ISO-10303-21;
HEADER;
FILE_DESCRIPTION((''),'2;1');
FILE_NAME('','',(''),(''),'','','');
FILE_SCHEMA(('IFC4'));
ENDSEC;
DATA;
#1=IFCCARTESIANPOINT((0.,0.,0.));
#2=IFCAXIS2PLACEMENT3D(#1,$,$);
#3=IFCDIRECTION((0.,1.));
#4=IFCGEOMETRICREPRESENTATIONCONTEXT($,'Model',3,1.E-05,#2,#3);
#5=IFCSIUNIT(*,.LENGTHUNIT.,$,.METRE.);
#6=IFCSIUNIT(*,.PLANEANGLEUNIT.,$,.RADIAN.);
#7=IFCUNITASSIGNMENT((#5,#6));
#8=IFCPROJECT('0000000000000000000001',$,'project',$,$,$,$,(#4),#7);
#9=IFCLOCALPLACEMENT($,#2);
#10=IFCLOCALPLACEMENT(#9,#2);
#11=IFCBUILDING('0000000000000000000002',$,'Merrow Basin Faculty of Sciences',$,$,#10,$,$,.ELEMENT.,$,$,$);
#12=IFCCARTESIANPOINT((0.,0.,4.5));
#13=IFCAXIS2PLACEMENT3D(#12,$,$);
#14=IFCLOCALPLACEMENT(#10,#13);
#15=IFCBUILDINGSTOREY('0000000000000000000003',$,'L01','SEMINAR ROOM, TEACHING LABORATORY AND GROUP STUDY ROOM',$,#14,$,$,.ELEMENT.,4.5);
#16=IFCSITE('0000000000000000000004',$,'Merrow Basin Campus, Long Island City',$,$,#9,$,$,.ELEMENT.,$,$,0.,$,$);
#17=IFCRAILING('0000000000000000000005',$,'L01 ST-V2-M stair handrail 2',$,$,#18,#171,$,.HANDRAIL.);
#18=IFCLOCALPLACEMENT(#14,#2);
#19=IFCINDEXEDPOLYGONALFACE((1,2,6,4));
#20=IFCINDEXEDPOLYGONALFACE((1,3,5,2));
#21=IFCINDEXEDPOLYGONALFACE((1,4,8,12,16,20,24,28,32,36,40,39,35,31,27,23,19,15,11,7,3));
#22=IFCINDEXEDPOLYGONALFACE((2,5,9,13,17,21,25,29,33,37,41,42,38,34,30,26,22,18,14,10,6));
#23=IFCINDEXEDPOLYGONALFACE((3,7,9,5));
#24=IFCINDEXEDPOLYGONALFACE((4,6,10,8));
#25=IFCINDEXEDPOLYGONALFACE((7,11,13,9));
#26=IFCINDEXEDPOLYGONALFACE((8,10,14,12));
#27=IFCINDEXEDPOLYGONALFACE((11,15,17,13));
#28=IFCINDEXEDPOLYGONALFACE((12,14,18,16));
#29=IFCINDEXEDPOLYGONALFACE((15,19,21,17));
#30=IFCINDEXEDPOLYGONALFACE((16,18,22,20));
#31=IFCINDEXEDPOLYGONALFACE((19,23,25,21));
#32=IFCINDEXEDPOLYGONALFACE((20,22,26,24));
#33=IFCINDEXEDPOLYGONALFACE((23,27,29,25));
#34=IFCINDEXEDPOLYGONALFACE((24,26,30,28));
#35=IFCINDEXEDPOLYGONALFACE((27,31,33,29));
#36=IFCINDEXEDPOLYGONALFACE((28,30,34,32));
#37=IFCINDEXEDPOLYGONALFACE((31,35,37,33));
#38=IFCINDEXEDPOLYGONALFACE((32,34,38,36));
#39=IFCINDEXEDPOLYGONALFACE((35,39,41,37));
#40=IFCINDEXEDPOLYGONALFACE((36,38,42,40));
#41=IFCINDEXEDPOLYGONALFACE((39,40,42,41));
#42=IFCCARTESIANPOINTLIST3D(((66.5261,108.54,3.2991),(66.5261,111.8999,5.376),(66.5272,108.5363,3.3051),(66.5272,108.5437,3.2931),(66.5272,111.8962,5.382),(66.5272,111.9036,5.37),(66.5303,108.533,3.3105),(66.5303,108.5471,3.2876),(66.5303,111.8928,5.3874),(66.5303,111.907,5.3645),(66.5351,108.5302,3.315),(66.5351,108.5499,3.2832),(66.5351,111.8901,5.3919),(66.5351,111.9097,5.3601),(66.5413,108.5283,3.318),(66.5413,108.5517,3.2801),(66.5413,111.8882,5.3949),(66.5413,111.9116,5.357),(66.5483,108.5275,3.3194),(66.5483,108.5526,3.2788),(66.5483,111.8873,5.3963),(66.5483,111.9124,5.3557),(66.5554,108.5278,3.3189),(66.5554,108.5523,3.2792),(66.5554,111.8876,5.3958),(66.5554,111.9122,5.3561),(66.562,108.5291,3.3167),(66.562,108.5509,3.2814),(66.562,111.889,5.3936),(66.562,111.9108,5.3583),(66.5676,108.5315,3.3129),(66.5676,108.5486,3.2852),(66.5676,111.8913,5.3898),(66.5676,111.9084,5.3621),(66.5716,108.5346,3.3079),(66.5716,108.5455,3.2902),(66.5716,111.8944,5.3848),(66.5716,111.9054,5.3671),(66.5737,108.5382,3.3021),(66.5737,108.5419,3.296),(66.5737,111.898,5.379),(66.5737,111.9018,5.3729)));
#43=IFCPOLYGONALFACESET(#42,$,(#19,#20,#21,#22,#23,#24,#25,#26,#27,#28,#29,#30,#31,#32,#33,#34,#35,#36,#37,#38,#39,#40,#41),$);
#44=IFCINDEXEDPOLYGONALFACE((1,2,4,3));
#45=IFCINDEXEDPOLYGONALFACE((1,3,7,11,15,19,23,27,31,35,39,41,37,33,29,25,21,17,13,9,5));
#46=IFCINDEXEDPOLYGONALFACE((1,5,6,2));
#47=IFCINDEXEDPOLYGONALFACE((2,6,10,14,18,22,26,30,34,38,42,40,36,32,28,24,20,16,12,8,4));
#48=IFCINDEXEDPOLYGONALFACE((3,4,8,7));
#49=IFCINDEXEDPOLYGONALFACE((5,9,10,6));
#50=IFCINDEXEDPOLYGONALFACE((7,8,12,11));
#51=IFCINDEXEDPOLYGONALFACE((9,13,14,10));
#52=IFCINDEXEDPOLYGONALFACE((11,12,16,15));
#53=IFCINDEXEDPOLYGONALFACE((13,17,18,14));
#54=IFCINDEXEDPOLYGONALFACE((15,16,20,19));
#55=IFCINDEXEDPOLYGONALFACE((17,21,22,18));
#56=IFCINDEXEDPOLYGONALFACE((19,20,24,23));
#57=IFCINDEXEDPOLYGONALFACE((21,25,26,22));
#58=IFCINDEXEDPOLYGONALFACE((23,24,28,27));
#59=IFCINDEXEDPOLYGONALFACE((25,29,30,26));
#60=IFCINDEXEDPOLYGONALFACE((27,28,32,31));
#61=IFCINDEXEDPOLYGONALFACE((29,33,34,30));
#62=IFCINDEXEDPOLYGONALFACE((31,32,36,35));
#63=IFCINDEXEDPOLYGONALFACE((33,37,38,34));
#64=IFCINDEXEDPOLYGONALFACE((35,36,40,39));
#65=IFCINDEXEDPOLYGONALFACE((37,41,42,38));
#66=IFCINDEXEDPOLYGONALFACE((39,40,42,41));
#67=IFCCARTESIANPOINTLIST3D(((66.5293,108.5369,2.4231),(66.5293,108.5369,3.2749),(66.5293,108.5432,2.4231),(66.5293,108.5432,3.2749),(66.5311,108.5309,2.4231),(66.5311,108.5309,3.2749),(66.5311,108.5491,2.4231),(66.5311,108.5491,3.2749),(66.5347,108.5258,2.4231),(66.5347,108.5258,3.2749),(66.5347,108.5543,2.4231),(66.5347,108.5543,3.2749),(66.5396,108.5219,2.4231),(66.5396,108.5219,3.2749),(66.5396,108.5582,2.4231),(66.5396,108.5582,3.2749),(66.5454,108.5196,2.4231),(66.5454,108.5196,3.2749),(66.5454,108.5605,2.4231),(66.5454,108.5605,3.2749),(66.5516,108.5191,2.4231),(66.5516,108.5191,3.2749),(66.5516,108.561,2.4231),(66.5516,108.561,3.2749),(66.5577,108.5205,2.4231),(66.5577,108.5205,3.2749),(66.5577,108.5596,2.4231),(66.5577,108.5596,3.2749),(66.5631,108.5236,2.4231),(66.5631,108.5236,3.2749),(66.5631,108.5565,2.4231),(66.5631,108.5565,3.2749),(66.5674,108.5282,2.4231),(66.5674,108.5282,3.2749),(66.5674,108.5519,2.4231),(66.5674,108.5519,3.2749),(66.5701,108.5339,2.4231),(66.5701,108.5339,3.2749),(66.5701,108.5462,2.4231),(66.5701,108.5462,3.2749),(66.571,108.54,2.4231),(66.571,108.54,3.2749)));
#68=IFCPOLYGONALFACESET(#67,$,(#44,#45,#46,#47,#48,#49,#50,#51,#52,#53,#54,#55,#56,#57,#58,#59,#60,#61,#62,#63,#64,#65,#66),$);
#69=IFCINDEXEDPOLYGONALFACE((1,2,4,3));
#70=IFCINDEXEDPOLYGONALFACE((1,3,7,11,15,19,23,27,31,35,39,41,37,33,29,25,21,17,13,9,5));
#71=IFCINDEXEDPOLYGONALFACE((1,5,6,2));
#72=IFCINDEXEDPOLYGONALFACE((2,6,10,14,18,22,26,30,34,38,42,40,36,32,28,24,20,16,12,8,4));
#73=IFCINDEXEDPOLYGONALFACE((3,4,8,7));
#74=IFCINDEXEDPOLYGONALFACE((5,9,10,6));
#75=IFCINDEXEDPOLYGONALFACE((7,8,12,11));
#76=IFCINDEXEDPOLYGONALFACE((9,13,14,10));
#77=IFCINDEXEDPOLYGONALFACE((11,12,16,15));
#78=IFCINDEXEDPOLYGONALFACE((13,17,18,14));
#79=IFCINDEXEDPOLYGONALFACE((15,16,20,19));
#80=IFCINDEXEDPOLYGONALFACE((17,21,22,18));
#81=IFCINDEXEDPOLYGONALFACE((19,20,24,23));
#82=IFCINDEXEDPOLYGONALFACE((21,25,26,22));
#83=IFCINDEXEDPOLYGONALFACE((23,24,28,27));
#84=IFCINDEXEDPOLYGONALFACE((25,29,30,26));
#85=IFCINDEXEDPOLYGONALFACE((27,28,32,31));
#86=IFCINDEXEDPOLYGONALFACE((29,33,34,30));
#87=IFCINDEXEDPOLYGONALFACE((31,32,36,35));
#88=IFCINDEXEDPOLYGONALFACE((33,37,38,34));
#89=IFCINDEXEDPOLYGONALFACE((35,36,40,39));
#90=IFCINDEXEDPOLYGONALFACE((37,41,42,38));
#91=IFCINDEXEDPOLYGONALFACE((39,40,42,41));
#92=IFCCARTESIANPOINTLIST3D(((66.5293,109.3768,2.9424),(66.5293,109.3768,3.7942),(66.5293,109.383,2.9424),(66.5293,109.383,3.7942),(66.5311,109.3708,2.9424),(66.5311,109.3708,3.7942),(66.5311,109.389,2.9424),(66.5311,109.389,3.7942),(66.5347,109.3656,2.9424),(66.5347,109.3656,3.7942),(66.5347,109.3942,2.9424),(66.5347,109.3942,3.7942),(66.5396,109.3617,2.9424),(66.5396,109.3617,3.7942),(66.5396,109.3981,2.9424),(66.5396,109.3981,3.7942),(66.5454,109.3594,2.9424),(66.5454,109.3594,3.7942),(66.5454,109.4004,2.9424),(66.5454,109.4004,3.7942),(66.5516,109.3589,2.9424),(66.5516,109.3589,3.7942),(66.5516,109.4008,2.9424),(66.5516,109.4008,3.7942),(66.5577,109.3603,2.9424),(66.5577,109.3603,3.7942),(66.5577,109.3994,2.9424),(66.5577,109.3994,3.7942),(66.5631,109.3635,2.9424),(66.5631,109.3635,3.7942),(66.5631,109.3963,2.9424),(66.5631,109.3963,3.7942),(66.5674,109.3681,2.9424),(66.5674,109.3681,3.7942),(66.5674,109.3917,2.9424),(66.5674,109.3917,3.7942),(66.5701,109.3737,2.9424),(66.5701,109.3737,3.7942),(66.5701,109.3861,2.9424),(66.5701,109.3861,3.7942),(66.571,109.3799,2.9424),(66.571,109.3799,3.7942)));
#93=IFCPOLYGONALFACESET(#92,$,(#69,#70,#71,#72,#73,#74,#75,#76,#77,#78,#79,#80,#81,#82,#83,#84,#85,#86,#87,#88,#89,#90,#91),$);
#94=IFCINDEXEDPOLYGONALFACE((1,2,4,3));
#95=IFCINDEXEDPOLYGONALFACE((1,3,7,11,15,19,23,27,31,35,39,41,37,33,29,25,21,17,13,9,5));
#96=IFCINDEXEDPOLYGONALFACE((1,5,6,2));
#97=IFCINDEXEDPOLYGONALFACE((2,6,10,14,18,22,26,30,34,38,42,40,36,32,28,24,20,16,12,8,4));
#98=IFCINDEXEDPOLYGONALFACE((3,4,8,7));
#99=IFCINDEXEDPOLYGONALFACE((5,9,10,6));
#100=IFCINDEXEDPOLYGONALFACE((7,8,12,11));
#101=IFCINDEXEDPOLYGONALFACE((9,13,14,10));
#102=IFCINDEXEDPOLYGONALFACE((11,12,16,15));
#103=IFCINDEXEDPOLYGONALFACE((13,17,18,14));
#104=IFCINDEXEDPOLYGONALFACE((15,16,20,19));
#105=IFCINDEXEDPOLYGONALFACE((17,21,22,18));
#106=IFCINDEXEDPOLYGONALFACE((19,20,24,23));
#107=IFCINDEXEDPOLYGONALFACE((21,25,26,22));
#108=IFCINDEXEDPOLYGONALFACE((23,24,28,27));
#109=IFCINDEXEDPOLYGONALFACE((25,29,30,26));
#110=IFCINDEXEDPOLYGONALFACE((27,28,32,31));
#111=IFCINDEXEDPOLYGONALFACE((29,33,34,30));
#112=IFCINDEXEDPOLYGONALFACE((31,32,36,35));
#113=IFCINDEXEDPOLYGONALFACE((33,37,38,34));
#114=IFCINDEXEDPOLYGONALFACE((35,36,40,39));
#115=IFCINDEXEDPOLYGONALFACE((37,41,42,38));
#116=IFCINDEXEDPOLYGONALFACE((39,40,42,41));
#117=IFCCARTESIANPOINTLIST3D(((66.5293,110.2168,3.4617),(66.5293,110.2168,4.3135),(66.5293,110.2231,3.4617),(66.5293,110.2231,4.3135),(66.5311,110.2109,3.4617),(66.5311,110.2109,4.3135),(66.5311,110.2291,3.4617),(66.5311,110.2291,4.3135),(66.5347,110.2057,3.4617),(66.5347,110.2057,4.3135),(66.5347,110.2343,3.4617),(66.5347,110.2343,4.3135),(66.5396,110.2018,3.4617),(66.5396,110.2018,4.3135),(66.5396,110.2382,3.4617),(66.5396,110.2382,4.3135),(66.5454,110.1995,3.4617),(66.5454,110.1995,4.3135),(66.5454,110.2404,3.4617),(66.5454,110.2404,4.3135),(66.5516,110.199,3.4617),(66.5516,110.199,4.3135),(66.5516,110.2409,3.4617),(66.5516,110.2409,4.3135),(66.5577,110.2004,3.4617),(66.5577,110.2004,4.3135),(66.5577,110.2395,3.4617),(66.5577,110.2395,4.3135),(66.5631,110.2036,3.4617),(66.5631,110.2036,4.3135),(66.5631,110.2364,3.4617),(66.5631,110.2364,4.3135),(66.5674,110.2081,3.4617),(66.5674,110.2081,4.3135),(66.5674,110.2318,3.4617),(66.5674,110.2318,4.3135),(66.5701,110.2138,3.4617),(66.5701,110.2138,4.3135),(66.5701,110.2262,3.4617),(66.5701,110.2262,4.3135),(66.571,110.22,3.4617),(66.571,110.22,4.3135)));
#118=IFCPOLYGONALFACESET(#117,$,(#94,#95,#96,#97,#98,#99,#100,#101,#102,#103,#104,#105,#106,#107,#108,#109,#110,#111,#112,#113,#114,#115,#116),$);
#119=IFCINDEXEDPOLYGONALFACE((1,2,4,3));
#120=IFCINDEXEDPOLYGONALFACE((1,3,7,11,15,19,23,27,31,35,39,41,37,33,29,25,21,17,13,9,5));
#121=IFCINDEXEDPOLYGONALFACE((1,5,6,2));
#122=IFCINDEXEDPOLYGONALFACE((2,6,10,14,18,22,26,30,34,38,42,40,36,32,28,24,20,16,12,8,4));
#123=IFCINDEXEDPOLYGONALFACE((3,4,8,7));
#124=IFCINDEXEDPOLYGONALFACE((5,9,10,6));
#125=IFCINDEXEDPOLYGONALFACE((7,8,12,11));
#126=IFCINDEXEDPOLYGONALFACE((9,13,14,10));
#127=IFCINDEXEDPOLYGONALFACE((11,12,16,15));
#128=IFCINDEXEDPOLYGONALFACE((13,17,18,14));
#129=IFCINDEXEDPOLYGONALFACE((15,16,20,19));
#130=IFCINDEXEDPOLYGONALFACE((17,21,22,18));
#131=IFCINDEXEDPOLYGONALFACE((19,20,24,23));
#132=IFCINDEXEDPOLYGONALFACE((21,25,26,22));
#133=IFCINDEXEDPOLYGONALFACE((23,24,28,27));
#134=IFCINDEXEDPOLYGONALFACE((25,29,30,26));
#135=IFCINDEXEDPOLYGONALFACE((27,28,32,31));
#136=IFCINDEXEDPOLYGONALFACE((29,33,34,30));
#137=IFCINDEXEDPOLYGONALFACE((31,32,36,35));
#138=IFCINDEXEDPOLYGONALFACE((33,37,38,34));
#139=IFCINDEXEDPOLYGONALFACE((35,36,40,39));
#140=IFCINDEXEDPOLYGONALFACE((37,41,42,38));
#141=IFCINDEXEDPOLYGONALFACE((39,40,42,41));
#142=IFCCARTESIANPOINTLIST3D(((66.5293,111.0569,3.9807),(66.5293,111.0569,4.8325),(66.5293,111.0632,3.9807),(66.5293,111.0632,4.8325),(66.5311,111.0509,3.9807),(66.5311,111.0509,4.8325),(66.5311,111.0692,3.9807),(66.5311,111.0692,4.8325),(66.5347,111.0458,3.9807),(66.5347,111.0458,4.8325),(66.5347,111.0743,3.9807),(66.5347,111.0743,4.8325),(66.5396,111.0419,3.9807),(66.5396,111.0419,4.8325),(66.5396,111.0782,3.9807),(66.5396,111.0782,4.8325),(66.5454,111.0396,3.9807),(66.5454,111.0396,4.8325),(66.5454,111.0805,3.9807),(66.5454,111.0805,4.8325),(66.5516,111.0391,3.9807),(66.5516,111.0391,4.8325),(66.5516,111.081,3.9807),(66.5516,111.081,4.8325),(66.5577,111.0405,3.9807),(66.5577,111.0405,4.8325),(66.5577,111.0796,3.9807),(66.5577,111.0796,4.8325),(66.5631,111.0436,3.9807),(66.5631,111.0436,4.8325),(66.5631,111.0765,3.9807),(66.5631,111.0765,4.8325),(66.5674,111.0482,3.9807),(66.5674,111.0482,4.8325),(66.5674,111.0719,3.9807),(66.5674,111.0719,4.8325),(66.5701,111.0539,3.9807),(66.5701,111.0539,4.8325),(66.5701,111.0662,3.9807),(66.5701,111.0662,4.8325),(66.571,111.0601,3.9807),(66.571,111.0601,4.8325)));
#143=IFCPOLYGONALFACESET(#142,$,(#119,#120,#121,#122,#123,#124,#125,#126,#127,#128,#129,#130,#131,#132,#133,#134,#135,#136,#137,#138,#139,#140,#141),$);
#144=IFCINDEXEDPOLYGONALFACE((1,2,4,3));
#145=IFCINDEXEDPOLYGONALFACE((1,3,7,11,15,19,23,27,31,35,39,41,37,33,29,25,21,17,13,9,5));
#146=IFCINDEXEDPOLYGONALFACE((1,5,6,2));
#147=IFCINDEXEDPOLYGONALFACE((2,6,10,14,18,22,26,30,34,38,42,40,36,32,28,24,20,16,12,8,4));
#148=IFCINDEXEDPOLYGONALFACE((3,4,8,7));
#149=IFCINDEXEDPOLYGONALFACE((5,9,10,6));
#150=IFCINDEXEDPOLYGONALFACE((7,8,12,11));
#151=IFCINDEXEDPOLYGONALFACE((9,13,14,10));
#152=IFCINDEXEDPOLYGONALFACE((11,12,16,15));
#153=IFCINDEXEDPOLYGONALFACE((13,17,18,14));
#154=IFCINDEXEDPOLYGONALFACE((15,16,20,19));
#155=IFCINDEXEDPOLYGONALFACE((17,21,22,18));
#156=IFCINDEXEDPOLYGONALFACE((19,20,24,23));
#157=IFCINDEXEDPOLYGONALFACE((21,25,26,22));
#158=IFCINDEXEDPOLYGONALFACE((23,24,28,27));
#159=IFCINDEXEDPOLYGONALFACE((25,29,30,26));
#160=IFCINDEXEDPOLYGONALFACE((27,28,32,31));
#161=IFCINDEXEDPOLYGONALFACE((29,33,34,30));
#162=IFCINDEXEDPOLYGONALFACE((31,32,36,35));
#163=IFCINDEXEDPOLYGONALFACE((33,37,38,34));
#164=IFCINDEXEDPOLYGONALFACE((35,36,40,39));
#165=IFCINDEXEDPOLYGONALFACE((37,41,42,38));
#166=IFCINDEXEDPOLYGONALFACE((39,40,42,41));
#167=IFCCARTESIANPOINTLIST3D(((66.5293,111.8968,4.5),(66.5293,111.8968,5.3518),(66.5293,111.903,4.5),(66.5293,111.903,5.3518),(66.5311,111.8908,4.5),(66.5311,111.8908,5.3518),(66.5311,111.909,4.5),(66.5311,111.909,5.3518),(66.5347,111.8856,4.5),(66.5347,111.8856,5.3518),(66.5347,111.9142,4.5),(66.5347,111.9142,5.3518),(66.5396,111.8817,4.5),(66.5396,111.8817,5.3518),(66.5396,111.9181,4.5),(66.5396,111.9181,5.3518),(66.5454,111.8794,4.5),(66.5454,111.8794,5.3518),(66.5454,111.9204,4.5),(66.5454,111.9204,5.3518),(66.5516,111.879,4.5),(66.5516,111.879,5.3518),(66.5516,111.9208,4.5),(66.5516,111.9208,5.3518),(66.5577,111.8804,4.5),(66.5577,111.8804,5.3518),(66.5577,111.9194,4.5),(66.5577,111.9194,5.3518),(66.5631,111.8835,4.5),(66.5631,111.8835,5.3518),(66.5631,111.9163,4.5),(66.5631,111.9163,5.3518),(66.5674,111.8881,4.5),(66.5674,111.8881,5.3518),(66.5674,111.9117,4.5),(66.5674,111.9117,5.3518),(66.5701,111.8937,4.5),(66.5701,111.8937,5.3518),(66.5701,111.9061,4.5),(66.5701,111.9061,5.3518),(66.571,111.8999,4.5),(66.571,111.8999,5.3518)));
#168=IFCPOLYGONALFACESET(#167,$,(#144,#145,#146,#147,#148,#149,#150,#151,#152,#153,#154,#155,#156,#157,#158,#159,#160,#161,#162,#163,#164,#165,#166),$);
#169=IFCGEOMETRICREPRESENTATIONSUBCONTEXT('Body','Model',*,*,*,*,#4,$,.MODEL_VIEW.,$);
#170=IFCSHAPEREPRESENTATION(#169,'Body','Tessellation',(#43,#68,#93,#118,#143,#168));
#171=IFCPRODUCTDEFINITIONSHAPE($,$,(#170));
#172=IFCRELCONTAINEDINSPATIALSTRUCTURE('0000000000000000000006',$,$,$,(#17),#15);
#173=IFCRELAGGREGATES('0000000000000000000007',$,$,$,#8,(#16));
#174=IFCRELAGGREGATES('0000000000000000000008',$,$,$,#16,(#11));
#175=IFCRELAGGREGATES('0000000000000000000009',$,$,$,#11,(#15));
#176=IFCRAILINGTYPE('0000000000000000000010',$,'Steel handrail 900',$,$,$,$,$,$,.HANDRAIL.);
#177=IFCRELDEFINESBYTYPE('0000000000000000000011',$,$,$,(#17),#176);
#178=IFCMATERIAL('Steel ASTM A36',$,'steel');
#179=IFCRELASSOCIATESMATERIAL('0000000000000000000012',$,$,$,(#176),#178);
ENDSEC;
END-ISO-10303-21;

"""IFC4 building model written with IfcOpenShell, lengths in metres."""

from ifc_helpers import new_model, si_unit, direction, frame, origin, origin_2d, place, context, subcontext, project, spatial, circle, extrude, material, type_object, element, save


model = new_model("IFC4")

# Units and contexts
model_context = context("Model", 3, precision=1e-05, world=origin(), true_north=direction((0.0, 1.0)))
body_context = subcontext(model_context, "Body", "Model", "MODEL_VIEW")
ifc_project = project(units=[si_unit("LENGTHUNIT", "METRE"), si_unit("PLANEANGLEUNIT", "RADIAN")], contexts=[model_context])

# Site, building, storey
site_placement = place(None, origin())
site = spatial("IfcSite", under=ifc_project, at=site_placement, Name="Merrow Basin Campus, Long Island City", CompositionType="ELEMENT", RefElevation=0.0)
building_placement = place(site_placement, origin())
building = spatial("IfcBuilding", under=site, at=building_placement, Name="Merrow Basin Faculty of Sciences", CompositionType="ELEMENT")
storey_placement = place(building_placement, frame((0.0, 0.0, 4.5)))
storey = spatial("IfcBuildingStorey", under=building, at=storey_placement, Name="L01", Description="SEMINAR ROOM, TEACHING LABORATORY AND GROUP STUDY ROOM", CompositionType="ELEMENT", Elevation=4.5)

# Railing
ifc_material_1 = material(Name="Steel ASTM A36", Category="steel")
railing_type_1 = type_object("IfcRailingType", Name="Steel handrail 900", PredefinedType="HANDRAIL", material=ifc_material_1)
railing_1_placement = place(storey_placement, frame((66.55, 108.54, 2.4231)))
element("IfcRailing", 1, at=railing_1_placement, inside=storey, type_object=railing_type_1, Name="L01 ST-V2-M stair handrail 2", PredefinedType="HANDRAIL", context=body_context, shape_type="SweptSolid", body=[
    extrude(circle(Radius=0.0239, at=origin_2d()), frame((0.0, 0.0, 0.876), z_axis=(0.0, 0.850606, 0.525803), x_axis=(-1.0, 0.0, 0.0)), (0.0, 0.0, 1.0), 3.95),
    extrude(circle(Radius=0.021, at=origin_2d()), origin(), (0.0, 0.0, 1.0), 0.8518),
    extrude(circle(Radius=0.021, at=origin_2d()), frame((0.0, 0.8398, 0.5193)), (0.0, 0.0, 1.0), 0.8518),
    extrude(circle(Radius=0.021, at=origin_2d()), frame((0.0, 1.6799, 1.0386)), (0.0, 0.0, 1.0), 0.8518),
    extrude(circle(Radius=0.021, at=origin_2d()), frame((0.0, 2.52, 1.5576)), (0.0, 0.0, 1.0), 0.8518),
    extrude(circle(Radius=0.021, at=origin_2d()), frame((0.0, 3.3599, 2.0769)), (0.0, 0.0, 1.0), 0.8518),
])

save(model, "model.ifc")
